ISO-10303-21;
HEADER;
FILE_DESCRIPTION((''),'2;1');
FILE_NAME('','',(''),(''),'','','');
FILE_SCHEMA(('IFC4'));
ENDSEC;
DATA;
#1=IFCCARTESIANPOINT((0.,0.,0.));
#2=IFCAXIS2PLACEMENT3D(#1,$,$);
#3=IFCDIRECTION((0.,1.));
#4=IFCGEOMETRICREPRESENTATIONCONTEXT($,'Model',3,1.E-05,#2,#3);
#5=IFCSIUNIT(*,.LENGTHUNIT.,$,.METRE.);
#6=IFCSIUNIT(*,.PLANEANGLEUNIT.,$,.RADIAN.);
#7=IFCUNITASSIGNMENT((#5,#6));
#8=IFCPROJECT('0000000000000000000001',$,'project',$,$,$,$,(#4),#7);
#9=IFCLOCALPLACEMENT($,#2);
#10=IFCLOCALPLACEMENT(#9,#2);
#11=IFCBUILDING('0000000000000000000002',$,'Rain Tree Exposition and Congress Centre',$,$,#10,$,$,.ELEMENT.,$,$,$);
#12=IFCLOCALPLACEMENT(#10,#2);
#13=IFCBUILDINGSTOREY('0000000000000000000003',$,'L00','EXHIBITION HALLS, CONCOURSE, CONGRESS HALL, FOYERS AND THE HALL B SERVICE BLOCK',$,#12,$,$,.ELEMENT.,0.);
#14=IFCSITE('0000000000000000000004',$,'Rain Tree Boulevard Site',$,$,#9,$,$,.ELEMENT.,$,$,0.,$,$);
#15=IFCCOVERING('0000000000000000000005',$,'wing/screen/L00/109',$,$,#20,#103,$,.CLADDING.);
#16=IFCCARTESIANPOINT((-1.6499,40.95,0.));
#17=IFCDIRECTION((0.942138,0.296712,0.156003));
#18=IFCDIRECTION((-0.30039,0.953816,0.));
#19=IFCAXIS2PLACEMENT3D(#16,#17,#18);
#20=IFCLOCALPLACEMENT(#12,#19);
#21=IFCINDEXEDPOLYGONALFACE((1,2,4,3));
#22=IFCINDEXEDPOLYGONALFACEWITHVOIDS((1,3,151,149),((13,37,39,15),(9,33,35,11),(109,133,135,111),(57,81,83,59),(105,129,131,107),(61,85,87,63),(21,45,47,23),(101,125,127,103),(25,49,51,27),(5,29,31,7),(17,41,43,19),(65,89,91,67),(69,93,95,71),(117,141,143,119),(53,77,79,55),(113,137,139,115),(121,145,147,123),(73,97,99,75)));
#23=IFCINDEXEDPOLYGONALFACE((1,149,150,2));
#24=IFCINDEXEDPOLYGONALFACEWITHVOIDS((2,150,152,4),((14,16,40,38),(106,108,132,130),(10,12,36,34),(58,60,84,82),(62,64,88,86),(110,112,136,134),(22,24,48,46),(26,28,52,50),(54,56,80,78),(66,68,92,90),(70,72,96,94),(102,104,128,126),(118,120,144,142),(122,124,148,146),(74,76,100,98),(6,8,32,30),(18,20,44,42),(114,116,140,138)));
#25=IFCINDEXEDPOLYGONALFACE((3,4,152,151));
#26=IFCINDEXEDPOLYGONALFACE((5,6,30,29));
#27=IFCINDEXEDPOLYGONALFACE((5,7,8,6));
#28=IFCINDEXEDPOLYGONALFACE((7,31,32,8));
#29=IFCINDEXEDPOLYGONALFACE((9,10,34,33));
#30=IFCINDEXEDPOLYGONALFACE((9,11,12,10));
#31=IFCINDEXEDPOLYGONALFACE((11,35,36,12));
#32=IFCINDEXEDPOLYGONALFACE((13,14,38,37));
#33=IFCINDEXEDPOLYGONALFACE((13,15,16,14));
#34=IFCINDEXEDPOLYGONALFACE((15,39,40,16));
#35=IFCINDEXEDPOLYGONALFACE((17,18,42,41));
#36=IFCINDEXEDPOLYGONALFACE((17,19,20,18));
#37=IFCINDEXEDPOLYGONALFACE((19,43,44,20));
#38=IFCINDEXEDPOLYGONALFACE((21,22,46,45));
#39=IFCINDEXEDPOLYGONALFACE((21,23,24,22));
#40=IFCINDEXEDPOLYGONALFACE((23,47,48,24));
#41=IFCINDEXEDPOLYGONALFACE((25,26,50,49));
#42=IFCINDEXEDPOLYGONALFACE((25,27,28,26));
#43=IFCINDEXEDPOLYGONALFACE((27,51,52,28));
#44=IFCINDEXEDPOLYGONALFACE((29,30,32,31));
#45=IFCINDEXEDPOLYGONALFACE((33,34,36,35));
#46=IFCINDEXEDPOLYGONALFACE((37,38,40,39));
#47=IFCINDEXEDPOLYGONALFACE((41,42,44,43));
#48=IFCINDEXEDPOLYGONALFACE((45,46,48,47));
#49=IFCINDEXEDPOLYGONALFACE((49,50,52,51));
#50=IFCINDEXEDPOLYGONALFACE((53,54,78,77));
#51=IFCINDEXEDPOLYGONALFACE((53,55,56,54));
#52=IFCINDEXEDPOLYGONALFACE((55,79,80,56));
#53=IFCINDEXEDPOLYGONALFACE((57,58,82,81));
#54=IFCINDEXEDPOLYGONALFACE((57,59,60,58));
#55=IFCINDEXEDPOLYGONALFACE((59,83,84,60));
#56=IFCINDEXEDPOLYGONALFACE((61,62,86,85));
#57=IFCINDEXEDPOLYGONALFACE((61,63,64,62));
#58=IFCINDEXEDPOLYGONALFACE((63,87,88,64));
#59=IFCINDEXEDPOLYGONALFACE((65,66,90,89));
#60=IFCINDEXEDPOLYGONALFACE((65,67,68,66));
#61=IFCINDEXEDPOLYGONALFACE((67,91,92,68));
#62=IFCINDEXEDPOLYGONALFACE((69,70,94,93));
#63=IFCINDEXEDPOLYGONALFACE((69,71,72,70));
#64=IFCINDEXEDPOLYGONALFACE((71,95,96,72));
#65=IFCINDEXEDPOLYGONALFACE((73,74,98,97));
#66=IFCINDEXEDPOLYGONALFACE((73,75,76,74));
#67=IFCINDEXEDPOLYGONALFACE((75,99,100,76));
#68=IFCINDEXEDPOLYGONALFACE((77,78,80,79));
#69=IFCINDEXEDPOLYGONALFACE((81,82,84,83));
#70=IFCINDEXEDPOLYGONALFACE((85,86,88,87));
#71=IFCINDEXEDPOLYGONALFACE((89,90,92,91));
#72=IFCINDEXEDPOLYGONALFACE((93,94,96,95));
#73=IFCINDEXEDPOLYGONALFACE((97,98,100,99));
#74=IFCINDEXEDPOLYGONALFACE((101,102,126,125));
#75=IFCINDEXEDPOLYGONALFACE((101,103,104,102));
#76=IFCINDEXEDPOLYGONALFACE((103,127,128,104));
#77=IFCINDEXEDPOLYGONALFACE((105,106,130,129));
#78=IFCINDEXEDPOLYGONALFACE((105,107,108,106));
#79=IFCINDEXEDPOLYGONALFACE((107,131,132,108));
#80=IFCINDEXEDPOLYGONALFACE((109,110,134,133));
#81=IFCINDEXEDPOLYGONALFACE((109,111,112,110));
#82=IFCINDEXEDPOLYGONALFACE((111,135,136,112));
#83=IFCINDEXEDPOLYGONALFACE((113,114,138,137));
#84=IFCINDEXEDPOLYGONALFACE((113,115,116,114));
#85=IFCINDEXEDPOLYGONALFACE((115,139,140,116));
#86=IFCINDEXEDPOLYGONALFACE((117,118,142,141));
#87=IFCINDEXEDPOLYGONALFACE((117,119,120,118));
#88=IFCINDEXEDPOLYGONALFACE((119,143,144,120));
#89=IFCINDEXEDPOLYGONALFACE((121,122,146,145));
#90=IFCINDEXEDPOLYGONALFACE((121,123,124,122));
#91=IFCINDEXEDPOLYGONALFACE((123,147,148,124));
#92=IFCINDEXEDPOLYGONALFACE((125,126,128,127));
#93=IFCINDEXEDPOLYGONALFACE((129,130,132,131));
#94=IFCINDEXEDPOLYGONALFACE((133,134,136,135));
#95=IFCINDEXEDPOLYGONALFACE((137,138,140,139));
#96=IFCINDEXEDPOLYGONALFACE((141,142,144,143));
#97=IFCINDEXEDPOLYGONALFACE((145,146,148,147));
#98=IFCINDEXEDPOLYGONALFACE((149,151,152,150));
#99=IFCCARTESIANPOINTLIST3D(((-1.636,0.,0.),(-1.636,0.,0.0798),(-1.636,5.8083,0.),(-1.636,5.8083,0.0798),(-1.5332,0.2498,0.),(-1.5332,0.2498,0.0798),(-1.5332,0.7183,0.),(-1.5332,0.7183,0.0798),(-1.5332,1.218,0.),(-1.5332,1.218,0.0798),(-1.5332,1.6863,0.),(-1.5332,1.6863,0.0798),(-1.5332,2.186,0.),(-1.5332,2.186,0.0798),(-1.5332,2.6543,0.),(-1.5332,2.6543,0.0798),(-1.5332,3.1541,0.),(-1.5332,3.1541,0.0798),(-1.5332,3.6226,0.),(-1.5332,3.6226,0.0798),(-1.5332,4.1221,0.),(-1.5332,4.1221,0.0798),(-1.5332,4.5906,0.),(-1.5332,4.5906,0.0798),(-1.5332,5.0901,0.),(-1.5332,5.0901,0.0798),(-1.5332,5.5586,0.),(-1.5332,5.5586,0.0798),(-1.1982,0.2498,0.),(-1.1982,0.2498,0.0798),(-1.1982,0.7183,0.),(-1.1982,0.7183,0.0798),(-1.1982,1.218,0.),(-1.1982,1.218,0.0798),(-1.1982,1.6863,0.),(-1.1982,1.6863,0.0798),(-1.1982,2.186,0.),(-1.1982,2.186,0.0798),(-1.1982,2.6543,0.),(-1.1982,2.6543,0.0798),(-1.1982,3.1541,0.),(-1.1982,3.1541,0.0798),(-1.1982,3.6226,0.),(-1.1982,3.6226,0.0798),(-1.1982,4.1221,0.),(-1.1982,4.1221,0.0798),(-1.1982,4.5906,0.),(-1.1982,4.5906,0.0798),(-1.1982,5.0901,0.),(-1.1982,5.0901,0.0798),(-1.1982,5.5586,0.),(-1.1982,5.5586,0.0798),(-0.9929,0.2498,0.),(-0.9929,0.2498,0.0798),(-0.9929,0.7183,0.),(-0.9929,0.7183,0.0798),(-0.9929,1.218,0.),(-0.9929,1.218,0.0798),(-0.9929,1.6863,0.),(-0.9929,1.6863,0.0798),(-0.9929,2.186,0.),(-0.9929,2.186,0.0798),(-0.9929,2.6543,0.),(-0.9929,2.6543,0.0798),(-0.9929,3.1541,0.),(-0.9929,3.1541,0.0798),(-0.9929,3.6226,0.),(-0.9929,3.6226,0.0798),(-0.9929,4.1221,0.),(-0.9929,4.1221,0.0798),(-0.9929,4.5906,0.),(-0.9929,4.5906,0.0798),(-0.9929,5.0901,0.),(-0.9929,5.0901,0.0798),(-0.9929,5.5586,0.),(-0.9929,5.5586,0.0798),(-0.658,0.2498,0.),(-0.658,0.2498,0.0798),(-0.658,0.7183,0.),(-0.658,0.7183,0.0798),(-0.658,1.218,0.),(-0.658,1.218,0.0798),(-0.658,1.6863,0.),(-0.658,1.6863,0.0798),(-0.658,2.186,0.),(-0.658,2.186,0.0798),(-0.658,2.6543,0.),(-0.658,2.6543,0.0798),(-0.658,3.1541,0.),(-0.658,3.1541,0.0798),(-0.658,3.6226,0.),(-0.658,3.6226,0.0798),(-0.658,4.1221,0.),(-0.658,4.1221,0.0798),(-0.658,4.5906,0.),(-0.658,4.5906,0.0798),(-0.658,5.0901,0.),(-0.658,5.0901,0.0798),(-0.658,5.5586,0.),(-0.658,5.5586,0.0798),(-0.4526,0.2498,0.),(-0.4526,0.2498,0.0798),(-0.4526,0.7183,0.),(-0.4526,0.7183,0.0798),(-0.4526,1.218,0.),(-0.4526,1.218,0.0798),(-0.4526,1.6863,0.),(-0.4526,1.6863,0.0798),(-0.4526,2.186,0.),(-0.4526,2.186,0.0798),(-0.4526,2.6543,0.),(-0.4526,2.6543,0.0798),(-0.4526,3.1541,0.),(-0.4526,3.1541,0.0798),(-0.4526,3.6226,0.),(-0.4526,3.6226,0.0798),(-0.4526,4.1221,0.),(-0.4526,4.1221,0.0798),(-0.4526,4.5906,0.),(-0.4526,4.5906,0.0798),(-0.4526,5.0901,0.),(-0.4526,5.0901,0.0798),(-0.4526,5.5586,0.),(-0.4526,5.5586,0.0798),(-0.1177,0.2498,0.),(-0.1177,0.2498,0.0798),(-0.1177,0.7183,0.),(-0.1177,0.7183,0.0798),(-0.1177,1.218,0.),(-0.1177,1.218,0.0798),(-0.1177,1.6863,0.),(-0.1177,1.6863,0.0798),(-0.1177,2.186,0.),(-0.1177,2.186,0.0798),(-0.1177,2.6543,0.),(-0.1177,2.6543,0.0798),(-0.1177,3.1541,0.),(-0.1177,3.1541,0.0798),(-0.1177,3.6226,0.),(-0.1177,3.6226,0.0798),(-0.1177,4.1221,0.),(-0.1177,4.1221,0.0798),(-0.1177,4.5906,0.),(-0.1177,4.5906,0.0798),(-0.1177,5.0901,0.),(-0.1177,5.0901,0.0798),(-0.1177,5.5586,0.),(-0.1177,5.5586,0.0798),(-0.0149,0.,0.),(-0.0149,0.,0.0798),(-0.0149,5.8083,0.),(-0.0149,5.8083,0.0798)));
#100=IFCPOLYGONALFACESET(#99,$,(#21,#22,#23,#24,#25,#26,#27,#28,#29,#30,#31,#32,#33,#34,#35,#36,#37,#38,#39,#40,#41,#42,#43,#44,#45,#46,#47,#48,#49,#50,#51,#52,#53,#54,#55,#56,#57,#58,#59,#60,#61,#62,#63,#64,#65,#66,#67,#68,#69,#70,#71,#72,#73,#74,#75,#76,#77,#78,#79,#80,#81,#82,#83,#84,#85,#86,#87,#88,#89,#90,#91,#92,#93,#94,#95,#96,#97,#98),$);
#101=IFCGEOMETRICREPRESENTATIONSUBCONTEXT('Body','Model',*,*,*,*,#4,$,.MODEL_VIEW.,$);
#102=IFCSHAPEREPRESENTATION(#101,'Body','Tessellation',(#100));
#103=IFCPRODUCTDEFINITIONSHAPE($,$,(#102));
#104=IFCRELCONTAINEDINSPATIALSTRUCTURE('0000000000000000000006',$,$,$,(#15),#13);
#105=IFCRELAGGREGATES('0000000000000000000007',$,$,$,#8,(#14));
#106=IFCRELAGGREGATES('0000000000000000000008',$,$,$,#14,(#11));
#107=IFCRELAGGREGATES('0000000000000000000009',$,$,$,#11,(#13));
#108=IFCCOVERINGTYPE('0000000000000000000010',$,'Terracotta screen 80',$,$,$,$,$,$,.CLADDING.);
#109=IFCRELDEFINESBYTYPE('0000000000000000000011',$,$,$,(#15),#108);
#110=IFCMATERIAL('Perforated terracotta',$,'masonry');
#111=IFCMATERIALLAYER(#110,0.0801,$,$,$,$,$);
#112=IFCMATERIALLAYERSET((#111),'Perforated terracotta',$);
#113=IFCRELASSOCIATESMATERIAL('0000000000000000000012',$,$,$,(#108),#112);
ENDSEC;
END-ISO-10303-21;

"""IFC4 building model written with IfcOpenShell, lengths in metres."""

from ifc_helpers import new_model, si_unit, direction, frame, origin, place, context, subcontext, project, spatial, polyline, outline, extrude, material, layer, layer_set, type_object, element, save


model = new_model("IFC4")

# Units and contexts
model_context = context("Model", 3, precision=1e-05, world=origin(), true_north=direction((0.0, 1.0)))
body_context = subcontext(model_context, "Body", "Model", "MODEL_VIEW")
ifc_project = project(units=[si_unit("LENGTHUNIT", "METRE"), si_unit("PLANEANGLEUNIT", "RADIAN")], contexts=[model_context])

# Site, building, storey
site_placement = place(None, origin())
site = spatial("IfcSite", under=ifc_project, at=site_placement, Name="Rain Tree Boulevard Site", CompositionType="ELEMENT", RefElevation=0.0)
building_placement = place(site_placement, origin())
building = spatial("IfcBuilding", under=site, at=building_placement, Name="Rain Tree Exposition and Congress Centre", CompositionType="ELEMENT")
storey_placement = place(building_placement, origin())
storey = spatial("IfcBuildingStorey", under=building, at=storey_placement, Name="L00", Description="EXHIBITION HALLS, CONCOURSE, CONGRESS HALL, FOYERS AND THE HALL B SERVICE BLOCK", CompositionType="ELEMENT", Elevation=0.0)

# Covering
ifc_material_1 = material(Name="Perforated terracotta", Category="masonry")
ifc_layer_1 = layer(ifc_material_1, 0.0801)
ifc_layer_set_1 = layer_set([ifc_layer_1], Name="Perforated terracotta")
covering_type = type_object("IfcCoveringType", Name="Terracotta screen 80", PredefinedType="CLADDING", material=ifc_layer_set_1)
covering_1_placement = place(storey_placement, frame((-1.6499, 40.95, 0.0), z_axis=(0.942138, 0.296712, 0.156003), x_axis=(-0.30039, 0.953816, 0.0)))
element("IfcCovering", 1, at=covering_1_placement, inside=storey, type_object=covering_type, Name="wing/screen/L00/109", PredefinedType="CLADDING", context=body_context, shape_type="SweptSolid", body=[
    extrude(outline(polyline([(-1.636, 0.0), (-1.636, 5.8083), (-0.0149, 5.8083), (-0.0149, 0.0), (-1.636, 0.0)]), holes=[polyline([(-0.1177, 0.2498), (-0.1177, 0.7183), (-0.4526, 0.7183), (-0.4526, 0.2498), (-0.1177, 0.2498)]), polyline([(-0.1177, 1.218), (-0.1177, 1.6863), (-0.4526, 1.6863), (-0.4526, 1.218), (-0.1177, 1.218)]), polyline([(-0.1177, 2.186), (-0.1177, 2.6543), (-0.4526, 2.6543), (-0.4526, 2.186), (-0.1177, 2.186)]), polyline([(-0.1177, 3.1541), (-0.1177, 3.6226), (-0.4526, 3.6226), (-0.4526, 3.1541), (-0.1177, 3.1541)]), polyline([(-0.1177, 4.1221), (-0.1177, 4.5906), (-0.4526, 4.5906), (-0.4526, 4.1221), (-0.1177, 4.1221)]), polyline([(-0.1177, 5.0901), (-0.1177, 5.5586), (-0.4526, 5.5586), (-0.4526, 5.0901), (-0.1177, 5.0901)]), polyline([(-0.658, 0.2498), (-0.658, 0.7183), (-0.9929, 0.7183), (-0.9929, 0.2498), (-0.658, 0.2498)]), polyline([(-0.658, 1.218), (-0.658, 1.6863), (-0.9929, 1.6863), (-0.9929, 1.218), (-0.658, 1.218)]), polyline([(-0.658, 2.186), (-0.658, 2.6543), (-0.9929, 2.6543), (-0.9929, 2.186), (-0.658, 2.186)]), polyline([(-0.658, 3.1541), (-0.658, 3.6226), (-0.9929, 3.6226), (-0.9929, 3.1541), (-0.658, 3.1541)]), polyline([(-0.658, 4.1221), (-0.658, 4.5906), (-0.9929, 4.5906), (-0.9929, 4.1221), (-0.658, 4.1221)]), polyline([(-0.658, 5.0901), (-0.658, 5.5586), (-0.9929, 5.5586), (-0.9929, 5.0901), (-0.658, 5.0901)]), polyline([(-1.1982, 0.2498), (-1.1982, 0.7183), (-1.5332, 0.7183), (-1.5332, 0.2498), (-1.1982, 0.2498)]), polyline([(-1.1982, 1.218), (-1.1982, 1.6863), (-1.5332, 1.6863), (-1.5332, 1.218), (-1.1982, 1.218)]), polyline([(-1.1982, 2.186), (-1.1982, 2.6543), (-1.5332, 2.6543), (-1.5332, 2.186), (-1.1982, 2.186)]), polyline([(-1.1982, 3.1541), (-1.1982, 3.6226), (-1.5332, 3.6226), (-1.5332, 3.1541), (-1.1982, 3.1541)]), polyline([(-1.1982, 4.1221), (-1.1982, 4.5906), (-1.5332, 4.5906), (-1.5332, 4.1221), (-1.1982, 4.1221)]), polyline([(-1.1982, 5.0901), (-1.1982, 5.5586), (-1.5332, 5.5586), (-1.5332, 5.0901), (-1.1982, 5.0901)])]), origin(), (0.0, 0.0, 1.0), 0.0798),
])

save(model, "model.ifc")
